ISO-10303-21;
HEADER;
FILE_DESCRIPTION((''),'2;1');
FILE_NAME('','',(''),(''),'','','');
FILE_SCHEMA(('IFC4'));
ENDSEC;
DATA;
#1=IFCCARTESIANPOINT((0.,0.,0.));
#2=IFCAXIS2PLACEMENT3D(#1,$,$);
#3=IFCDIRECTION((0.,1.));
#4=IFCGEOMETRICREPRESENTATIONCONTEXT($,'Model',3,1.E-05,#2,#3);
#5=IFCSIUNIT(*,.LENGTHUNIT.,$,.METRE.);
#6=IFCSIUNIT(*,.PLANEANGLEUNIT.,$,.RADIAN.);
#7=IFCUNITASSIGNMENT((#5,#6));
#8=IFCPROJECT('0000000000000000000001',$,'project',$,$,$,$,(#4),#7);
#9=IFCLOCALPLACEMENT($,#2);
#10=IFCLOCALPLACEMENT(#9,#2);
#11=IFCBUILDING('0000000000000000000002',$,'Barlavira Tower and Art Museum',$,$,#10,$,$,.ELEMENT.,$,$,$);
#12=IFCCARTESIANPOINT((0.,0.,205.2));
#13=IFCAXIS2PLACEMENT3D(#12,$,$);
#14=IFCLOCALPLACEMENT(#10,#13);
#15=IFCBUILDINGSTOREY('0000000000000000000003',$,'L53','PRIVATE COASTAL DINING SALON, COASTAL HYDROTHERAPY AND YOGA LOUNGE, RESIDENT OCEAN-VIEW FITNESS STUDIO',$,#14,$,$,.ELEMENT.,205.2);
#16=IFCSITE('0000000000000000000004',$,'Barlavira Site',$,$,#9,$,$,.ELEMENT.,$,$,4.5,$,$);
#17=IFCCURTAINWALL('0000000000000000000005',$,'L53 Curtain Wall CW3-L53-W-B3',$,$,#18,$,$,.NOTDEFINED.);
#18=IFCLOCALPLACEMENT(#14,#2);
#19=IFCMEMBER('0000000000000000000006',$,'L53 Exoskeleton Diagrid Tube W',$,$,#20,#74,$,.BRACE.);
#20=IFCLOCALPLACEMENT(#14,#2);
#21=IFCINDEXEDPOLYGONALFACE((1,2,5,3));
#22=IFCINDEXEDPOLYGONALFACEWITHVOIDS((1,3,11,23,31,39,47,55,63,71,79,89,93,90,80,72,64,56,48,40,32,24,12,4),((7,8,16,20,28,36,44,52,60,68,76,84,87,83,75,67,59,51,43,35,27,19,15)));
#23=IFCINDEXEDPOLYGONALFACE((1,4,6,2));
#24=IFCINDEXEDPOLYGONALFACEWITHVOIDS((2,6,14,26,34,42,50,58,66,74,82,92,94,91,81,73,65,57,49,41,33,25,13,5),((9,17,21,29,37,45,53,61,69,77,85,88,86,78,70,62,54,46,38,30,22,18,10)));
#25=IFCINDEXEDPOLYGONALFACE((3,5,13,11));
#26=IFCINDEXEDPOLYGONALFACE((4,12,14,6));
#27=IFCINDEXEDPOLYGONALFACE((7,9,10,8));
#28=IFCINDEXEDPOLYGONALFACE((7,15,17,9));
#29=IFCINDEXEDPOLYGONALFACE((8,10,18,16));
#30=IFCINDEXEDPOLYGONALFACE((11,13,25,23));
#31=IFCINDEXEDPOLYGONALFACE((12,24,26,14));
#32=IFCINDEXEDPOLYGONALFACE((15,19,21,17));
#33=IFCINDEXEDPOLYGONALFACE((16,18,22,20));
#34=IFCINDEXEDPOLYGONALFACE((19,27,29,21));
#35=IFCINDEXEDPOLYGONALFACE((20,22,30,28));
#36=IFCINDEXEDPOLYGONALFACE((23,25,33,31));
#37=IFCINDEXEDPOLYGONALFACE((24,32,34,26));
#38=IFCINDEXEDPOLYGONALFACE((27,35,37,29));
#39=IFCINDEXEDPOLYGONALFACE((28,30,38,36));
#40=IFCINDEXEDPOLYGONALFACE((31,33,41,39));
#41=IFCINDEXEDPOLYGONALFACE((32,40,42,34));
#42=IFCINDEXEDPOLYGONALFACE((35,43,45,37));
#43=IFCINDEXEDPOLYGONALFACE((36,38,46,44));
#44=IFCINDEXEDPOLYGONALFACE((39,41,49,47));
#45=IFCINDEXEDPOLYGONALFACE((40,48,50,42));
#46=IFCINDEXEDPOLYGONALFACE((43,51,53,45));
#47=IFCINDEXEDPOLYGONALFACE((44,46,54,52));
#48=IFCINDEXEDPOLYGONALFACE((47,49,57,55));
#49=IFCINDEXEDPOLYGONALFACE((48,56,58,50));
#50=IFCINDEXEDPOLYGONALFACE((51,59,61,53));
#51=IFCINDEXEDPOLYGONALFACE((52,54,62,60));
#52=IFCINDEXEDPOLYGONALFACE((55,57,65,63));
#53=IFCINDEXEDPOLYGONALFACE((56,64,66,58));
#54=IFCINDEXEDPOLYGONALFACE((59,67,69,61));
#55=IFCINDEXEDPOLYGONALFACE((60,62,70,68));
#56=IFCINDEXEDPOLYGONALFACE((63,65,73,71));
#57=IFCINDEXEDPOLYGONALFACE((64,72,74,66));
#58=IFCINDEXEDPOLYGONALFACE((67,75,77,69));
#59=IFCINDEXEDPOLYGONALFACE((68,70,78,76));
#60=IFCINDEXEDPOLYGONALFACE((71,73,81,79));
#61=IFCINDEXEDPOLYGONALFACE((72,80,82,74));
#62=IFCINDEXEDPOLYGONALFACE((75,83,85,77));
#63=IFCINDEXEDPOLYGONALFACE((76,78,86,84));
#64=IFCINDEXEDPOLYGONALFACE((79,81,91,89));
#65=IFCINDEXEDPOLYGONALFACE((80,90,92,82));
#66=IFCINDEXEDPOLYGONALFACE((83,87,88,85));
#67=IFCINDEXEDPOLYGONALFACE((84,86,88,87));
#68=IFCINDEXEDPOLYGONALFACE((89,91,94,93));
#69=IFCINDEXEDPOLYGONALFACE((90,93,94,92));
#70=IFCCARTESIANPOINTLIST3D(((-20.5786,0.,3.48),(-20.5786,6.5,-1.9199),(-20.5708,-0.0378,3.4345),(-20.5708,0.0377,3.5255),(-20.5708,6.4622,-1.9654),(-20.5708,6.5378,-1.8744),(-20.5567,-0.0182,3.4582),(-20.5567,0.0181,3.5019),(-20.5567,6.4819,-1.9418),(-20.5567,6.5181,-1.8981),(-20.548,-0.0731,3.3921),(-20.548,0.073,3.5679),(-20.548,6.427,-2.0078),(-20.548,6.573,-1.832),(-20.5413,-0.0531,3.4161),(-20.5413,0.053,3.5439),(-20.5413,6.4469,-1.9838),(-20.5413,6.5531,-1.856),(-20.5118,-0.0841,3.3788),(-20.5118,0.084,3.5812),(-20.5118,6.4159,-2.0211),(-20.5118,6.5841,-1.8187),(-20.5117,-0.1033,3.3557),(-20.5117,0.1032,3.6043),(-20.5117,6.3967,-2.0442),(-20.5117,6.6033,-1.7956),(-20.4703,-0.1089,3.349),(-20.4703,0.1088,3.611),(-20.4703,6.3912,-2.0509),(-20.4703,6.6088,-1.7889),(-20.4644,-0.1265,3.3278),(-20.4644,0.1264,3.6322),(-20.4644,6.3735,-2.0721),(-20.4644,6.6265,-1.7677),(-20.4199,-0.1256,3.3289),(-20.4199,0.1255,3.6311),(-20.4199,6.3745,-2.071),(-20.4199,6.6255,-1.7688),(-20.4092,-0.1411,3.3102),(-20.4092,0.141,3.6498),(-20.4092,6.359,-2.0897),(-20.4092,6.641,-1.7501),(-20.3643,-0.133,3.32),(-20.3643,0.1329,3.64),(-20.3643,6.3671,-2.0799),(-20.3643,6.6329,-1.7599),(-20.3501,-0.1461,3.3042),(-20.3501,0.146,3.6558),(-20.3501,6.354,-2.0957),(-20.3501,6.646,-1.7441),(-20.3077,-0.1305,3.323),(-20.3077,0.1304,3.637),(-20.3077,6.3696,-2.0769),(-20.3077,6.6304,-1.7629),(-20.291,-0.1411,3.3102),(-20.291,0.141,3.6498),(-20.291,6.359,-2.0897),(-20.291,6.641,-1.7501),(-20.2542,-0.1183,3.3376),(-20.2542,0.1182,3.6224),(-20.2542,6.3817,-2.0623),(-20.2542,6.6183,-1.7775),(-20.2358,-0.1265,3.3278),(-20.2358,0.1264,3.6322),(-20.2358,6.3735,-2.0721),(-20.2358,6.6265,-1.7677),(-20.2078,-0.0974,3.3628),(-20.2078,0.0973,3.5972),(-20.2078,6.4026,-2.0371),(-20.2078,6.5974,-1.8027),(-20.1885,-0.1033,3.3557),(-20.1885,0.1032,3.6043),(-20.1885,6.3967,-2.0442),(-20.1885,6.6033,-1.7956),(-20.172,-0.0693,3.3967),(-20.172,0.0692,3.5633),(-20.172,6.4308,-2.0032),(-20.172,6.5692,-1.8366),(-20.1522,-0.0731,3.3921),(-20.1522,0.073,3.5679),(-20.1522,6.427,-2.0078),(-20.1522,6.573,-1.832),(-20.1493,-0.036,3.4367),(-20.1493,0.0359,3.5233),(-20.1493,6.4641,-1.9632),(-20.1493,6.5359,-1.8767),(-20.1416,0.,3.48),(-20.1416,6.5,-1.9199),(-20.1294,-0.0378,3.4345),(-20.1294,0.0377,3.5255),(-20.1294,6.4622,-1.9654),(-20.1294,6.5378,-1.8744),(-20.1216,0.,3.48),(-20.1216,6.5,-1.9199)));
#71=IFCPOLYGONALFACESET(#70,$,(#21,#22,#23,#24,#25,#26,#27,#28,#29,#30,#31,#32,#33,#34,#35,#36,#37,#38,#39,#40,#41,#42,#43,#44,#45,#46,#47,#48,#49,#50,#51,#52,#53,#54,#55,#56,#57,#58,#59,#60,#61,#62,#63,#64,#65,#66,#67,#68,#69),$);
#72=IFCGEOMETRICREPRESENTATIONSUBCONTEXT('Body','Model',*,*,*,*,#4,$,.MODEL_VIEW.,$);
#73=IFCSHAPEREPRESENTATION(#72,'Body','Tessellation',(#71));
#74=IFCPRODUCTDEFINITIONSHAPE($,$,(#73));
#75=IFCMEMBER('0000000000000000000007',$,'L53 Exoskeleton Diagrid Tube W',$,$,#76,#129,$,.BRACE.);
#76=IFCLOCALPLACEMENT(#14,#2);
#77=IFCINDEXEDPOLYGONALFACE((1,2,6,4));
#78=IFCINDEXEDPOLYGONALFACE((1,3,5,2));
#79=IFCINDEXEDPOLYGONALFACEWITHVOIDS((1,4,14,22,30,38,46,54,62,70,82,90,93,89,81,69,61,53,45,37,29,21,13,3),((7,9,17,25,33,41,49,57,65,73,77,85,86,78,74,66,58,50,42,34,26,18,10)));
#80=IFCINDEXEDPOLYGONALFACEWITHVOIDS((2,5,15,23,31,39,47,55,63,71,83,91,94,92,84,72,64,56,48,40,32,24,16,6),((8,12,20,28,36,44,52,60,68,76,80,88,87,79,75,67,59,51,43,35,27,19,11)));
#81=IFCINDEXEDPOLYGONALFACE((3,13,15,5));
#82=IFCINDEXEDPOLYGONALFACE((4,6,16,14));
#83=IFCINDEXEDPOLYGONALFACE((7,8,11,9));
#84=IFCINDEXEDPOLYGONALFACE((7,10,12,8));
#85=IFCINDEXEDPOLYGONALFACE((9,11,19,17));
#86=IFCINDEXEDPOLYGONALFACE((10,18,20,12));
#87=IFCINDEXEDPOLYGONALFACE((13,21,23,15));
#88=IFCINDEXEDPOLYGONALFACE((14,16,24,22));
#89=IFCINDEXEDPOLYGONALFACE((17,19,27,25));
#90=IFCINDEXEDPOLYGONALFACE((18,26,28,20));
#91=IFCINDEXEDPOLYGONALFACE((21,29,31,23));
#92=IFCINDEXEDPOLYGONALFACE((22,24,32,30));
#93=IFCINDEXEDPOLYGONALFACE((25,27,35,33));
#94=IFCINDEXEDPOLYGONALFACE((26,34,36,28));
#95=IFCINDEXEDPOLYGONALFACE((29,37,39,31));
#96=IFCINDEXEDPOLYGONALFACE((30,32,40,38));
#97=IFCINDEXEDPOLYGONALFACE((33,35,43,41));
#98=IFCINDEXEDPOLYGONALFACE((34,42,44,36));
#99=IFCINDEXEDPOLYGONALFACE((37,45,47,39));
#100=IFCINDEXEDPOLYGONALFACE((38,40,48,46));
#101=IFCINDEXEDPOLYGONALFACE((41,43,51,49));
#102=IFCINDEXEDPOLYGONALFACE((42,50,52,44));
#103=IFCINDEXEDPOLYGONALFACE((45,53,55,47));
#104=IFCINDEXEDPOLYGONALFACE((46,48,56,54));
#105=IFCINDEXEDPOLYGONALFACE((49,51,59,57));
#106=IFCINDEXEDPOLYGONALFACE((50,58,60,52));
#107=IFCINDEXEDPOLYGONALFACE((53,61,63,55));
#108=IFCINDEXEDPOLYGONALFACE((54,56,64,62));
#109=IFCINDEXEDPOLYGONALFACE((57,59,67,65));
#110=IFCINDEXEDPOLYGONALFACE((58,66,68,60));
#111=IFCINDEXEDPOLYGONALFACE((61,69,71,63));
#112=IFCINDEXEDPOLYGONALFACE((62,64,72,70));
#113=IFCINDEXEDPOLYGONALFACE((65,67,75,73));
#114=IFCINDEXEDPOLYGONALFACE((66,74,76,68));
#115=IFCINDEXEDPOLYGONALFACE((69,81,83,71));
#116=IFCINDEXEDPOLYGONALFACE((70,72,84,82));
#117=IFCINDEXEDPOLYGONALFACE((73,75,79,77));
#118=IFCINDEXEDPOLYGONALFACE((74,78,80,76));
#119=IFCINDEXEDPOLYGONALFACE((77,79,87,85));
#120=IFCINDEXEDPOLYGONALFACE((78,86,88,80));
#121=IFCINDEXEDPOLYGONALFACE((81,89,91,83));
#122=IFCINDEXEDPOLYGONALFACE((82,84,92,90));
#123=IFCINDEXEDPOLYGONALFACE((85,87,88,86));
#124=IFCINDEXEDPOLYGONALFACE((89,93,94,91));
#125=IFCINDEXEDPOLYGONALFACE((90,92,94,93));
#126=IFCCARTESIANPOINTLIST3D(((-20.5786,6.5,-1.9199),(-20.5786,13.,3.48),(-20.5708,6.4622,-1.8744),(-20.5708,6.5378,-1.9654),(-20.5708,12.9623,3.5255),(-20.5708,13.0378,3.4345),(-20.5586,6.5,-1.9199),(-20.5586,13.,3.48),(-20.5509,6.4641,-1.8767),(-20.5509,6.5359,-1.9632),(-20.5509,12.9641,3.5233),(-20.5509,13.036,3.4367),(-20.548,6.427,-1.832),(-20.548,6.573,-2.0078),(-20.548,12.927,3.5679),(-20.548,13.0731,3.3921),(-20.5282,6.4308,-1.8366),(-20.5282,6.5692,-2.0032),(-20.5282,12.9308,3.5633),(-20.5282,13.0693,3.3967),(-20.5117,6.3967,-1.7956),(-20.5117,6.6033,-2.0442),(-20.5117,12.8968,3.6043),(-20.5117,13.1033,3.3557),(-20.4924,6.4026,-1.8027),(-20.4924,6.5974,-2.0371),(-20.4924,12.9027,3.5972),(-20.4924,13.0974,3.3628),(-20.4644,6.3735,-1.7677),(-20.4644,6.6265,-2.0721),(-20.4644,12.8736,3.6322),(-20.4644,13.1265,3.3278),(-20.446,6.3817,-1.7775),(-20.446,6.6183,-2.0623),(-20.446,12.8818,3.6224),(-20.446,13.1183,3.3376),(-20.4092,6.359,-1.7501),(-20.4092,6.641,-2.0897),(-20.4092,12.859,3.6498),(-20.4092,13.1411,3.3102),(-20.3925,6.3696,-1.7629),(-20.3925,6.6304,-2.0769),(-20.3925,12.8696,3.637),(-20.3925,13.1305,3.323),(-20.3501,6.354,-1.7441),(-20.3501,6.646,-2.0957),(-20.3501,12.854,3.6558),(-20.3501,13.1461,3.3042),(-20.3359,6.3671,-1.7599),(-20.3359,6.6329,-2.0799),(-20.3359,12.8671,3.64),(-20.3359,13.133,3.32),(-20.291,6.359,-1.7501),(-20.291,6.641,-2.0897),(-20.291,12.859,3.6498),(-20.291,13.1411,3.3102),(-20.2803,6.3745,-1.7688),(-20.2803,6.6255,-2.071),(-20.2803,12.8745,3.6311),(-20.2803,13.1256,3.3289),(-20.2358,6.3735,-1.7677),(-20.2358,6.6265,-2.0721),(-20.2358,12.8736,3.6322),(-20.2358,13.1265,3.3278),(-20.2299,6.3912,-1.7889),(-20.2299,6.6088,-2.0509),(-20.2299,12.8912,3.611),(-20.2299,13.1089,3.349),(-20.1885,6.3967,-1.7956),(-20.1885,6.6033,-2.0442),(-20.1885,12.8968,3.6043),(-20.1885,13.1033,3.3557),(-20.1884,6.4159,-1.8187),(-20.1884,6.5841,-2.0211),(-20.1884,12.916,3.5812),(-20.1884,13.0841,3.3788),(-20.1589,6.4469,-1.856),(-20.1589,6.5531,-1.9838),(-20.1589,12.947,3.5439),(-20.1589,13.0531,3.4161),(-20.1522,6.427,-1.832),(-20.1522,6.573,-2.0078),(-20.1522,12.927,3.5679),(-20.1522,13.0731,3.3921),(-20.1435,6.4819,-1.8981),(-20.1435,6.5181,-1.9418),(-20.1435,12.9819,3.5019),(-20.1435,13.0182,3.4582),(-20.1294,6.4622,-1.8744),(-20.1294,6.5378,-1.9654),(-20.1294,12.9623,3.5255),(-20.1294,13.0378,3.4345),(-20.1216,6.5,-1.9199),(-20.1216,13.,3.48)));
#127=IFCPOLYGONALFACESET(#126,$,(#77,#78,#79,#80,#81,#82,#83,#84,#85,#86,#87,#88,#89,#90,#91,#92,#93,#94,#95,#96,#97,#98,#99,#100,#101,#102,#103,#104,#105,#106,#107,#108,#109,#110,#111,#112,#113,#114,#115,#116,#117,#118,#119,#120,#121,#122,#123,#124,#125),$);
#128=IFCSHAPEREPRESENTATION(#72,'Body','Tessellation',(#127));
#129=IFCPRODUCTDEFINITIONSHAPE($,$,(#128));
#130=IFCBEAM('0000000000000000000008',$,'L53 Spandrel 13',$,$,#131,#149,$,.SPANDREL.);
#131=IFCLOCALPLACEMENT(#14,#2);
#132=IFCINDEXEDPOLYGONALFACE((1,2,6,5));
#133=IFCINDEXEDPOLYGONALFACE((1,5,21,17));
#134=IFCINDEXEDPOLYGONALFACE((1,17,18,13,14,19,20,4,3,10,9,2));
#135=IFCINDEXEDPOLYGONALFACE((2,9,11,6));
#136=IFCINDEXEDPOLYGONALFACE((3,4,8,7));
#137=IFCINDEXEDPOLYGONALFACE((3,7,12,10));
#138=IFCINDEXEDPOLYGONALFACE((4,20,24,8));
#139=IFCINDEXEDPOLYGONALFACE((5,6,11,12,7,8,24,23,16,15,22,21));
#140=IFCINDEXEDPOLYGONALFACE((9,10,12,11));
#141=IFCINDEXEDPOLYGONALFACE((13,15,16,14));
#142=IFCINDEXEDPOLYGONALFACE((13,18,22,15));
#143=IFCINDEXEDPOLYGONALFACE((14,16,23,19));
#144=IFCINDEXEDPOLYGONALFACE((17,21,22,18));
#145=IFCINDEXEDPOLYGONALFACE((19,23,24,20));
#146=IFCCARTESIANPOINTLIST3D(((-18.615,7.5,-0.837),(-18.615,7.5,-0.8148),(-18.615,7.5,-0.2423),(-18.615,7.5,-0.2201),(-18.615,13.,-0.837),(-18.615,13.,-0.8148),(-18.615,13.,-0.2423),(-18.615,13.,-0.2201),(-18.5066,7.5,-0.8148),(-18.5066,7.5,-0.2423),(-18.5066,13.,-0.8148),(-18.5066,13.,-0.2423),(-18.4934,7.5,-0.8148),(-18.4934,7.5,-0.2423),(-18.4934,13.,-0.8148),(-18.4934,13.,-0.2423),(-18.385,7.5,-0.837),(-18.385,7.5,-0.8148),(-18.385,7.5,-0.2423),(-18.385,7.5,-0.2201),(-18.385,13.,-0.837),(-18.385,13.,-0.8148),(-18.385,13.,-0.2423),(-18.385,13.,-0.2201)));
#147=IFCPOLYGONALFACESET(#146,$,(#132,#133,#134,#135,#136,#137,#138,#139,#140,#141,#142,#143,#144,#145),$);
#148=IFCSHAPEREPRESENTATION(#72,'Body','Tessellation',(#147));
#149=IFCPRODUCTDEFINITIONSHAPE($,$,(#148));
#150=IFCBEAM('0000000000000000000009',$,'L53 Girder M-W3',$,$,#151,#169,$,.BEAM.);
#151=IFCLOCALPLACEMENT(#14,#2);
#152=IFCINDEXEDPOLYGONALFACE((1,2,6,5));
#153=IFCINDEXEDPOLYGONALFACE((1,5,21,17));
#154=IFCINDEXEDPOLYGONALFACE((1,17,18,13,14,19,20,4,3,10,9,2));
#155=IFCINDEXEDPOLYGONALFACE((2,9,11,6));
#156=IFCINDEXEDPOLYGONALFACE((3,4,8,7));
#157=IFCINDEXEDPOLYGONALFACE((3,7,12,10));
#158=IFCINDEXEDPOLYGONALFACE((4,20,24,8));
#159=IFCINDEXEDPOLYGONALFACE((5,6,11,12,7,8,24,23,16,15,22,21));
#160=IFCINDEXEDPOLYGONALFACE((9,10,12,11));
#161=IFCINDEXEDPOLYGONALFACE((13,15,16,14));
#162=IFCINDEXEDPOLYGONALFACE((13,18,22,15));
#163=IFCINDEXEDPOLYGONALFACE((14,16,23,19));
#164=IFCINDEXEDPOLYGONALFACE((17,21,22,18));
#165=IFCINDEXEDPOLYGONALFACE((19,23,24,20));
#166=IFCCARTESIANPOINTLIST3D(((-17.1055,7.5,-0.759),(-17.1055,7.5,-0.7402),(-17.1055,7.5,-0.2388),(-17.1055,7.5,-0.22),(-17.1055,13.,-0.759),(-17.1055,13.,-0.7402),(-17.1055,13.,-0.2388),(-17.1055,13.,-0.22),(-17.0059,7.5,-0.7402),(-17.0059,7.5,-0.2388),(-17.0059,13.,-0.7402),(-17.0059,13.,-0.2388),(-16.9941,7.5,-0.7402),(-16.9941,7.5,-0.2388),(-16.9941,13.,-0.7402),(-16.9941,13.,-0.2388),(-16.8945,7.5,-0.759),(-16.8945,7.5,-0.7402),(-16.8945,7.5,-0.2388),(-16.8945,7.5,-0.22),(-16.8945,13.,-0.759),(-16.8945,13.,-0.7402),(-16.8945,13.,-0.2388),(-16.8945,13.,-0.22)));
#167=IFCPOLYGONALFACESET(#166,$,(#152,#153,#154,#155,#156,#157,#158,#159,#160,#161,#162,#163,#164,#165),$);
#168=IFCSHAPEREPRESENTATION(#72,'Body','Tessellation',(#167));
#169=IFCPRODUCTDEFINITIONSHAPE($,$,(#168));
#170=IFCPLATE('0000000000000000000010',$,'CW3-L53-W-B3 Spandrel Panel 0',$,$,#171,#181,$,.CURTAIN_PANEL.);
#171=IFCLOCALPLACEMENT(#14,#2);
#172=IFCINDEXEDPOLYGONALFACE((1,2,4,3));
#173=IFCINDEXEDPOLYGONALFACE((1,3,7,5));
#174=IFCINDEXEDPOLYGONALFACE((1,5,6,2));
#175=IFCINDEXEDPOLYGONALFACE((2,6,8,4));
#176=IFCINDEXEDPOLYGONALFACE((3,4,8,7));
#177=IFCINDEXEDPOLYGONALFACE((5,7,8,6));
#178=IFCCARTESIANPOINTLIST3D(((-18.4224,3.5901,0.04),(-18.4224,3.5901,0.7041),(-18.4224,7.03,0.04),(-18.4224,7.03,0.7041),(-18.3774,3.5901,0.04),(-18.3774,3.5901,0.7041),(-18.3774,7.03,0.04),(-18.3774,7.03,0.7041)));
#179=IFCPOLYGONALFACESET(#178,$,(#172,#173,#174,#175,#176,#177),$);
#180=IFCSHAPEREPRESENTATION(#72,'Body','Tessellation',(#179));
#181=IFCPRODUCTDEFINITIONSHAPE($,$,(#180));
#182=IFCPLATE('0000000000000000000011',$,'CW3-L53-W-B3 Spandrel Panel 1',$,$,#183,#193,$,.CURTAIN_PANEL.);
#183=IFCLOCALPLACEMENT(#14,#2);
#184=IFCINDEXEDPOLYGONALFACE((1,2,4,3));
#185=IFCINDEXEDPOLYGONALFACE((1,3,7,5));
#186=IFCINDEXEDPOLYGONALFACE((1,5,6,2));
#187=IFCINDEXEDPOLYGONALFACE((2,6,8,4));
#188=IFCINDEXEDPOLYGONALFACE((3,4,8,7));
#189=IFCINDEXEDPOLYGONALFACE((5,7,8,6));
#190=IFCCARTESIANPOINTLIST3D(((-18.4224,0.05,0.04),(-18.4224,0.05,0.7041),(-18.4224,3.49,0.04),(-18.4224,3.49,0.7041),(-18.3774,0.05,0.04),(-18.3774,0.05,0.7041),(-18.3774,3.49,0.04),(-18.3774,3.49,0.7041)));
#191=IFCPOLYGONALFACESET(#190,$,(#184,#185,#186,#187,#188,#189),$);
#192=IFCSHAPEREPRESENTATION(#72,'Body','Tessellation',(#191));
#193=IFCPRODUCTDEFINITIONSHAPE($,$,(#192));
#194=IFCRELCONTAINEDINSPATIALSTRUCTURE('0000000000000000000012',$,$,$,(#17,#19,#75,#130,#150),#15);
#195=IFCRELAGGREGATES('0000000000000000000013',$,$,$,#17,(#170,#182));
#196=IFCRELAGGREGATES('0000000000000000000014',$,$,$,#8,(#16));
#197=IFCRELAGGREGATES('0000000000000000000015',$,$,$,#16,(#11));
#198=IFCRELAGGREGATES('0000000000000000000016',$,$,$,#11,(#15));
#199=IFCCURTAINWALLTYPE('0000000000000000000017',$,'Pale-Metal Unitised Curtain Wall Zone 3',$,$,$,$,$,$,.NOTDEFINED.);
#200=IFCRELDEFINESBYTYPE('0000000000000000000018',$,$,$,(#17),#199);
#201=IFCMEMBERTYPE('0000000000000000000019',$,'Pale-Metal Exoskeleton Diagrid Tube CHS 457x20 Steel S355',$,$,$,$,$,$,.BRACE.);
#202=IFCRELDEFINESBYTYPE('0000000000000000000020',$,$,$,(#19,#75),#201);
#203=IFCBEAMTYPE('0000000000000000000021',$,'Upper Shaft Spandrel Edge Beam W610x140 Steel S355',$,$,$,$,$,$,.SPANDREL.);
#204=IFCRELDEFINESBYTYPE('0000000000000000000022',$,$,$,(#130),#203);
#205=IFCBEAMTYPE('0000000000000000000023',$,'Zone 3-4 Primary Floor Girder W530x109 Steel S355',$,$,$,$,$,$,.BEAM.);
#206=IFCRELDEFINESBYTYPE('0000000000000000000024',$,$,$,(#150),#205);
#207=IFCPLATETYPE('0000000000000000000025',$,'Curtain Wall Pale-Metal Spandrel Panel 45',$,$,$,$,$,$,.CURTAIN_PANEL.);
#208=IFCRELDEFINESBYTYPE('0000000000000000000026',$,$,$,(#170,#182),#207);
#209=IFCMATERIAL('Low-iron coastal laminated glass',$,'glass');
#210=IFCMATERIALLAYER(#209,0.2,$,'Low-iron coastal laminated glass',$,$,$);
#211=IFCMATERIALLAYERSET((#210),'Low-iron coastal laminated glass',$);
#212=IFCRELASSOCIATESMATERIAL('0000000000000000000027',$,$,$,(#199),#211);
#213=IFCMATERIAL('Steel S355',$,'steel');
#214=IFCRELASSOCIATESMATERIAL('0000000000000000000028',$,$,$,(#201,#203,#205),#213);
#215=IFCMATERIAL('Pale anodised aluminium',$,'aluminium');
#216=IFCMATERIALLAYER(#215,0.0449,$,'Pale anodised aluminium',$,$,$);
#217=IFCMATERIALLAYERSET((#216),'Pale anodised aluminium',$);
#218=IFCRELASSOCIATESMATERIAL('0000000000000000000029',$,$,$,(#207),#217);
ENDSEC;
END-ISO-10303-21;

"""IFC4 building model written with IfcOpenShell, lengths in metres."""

from ifc_helpers import new_model, si_unit, direction, frame, origin, origin_2d, place, context, subcontext, project, spatial, rectangle, hollow_circle, i_section, extrude, material, layer, layer_set, material_profile, profile_set, type_object, element, aggregate, save


model = new_model("IFC4")

# Units and contexts
model_context = context("Model", 3, precision=1e-05, world=origin(), true_north=direction((0.0, 1.0)))
body_context = subcontext(model_context, "Body", "Model", "MODEL_VIEW")
ifc_project = project(units=[si_unit("LENGTHUNIT", "METRE"), si_unit("PLANEANGLEUNIT", "RADIAN")], contexts=[model_context])

# Site, building, storey
site_placement = place(None, origin())
site = spatial("IfcSite", under=ifc_project, at=site_placement, Name="Barlavira Site", CompositionType="ELEMENT", RefElevation=4.5)
building_placement = place(site_placement, origin())
building = spatial("IfcBuilding", under=site, at=building_placement, Name="Barlavira Tower and Art Museum", CompositionType="ELEMENT")
storey_placement = place(building_placement, frame((0.0, 0.0, 205.2)))
storey = spatial("IfcBuildingStorey", under=building, at=storey_placement, Name="L53", Description="PRIVATE COASTAL DINING SALON, COASTAL HYDROTHERAPY AND YOGA LOUNGE, RESIDENT OCEAN-VIEW FITNESS STUDIO", CompositionType="ELEMENT", Elevation=205.2)

# Curtain wall
ifc_material_1 = material(Name="Low-iron coastal laminated glass", Category="glass")
ifc_layer_1 = layer(ifc_material_1, 0.2, Name="Low-iron coastal laminated glass")
ifc_layer_set_1 = layer_set([ifc_layer_1], Name="Low-iron coastal laminated glass")
curtain_wall_type = type_object("IfcCurtainWallType", Name="Pale-Metal Unitised Curtain Wall Zone 3", PredefinedType="NOTDEFINED", material=ifc_layer_set_1)
curtain_wall_placement = place(storey_placement, origin())
curtain_wall = element("IfcCurtainWall", 1, at=curtain_wall_placement, inside=storey, type_object=curtain_wall_type, Name="L53 Curtain Wall CW3-L53-W-B3", PredefinedType="NOTDEFINED")
ifc_material_2 = material(Name="Pale anodised aluminium", Category="aluminium")

# Members
ifc_material_3 = material(Name="Steel S355", Category="steel")
ifc_material_profile_1 = material_profile(ifc_material_3, hollow_circle(Radius=0.2285, WallThickness=0.02, at=origin_2d()), Name="CHS 457.0x20.0")
ifc_profile_set_1 = profile_set([ifc_material_profile_1], Name="Steel S355")
member_type_1 = type_object("IfcMemberType", Name="Pale-Metal Exoskeleton Diagrid Tube CHS 457x20 Steel S355", PredefinedType="BRACE", material=ifc_profile_set_1)
for number, where, z_axis, x_axis, name in (
    (2, (-20.3501, 6.5, -1.9199), (0.0, -0.769196, 0.639013), (1.0, 0.0, 0.0), "L53 Exoskeleton Diagrid Tube W"),
    (3, (-20.3501, 6.5, -1.9199), (0.0, 0.769196, 0.639013), (-1.0, 0.0, 0.0), "L53 Exoskeleton Diagrid Tube W"),
):
    element("IfcMember", number, at=place(storey_placement, frame(where, z_axis=z_axis, x_axis=x_axis)), inside=storey, type_object=member_type_1, Name=name, PredefinedType="BRACE", context=body_context, shape_type="SweptSolid", body=[
        extrude(hollow_circle(Radius=0.2285, WallThickness=0.02, at=origin_2d()), origin(), (0.0, 0.0, 1.0), 8.4504),
    ])

# Beams
ifc_material_profile_2 = material_profile(ifc_material_3, i_section(OverallWidth=0.23, OverallDepth=0.6169, WebThickness=0.0132, FlangeThickness=0.0222, at=origin_2d()), Name="W610x140.0")
ifc_profile_set_2 = profile_set([ifc_material_profile_2], Name="Steel S355")
beam_type_1 = type_object("IfcBeamType", Name="Upper Shaft Spandrel Edge Beam W610x140 Steel S355", PredefinedType="SPANDREL", material=ifc_profile_set_2)
beam_1_placement = place(storey_placement, frame((-18.5, 7.5, -0.5286), z_axis=(0.0, 1.0, 0.0), x_axis=(-1.0, 0.0, 0.0)))
element("IfcBeam", 4, at=beam_1_placement, inside=storey, type_object=beam_type_1, Name="L53 Spandrel 13", PredefinedType="SPANDREL", context=body_context, shape_type="SweptSolid", body=[
    extrude(i_section(OverallWidth=0.23, OverallDepth=0.6169, WebThickness=0.0132, FlangeThickness=0.0222, at=origin_2d()), origin(), (0.0, 0.0, 1.0), 5.5),
])
ifc_material_profile_3 = material_profile(ifc_material_3, i_section(OverallWidth=0.2109, OverallDepth=0.5391, WebThickness=0.0117, FlangeThickness=0.0188, at=origin_2d()), Name="W530x109.0")
ifc_profile_set_3 = profile_set([ifc_material_profile_3], Name="Steel S355")
beam_type_2 = type_object("IfcBeamType", Name="Zone 3-4 Primary Floor Girder W530x109 Steel S355", PredefinedType="BEAM", material=ifc_profile_set_3)
beam_2_placement = place(storey_placement, frame((-17.0, 7.5, -0.4895), z_axis=(0.0, 1.0, 0.0), x_axis=(-1.0, 0.0, 0.0)))
element("IfcBeam", 5, at=beam_2_placement, inside=storey, type_object=beam_type_2, Name="L53 Girder M-W3", PredefinedType="BEAM", context=body_context, shape_type="SweptSolid", body=[
    extrude(i_section(OverallWidth=0.2109, OverallDepth=0.5391, WebThickness=0.0117, FlangeThickness=0.0188, at=origin_2d()), origin(), (0.0, 0.0, 1.0), 5.5),
])

# Plates
ifc_layer_2 = layer(ifc_material_2, 0.0449, Name="Pale anodised aluminium")
ifc_layer_set_2 = layer_set([ifc_layer_2], Name="Pale anodised aluminium")
plate_type_1 = type_object("IfcPlateType", Name="Curtain Wall Pale-Metal Spandrel Panel 45", PredefinedType="CURTAIN_PANEL", material=ifc_layer_set_2)
plate_1_placement = place(storey_placement, frame((-18.3999, 5.3101, 0.04), z_axis=(0.0, 0.0, 1.0), x_axis=(0.0, -1.0, 0.0)))
plate_1 = element("IfcPlate", 6, at=plate_1_placement, type_object=plate_type_1, Name="CW3-L53-W-B3 Spandrel Panel 0", PredefinedType="CURTAIN_PANEL", context=body_context, shape_type="SweptSolid", body=[
    extrude(rectangle(XDim=3.4399, YDim=0.0449, at=origin_2d()), origin(), (0.0, 0.0, 1.0), 0.6641),
])
plate_2_placement = place(storey_placement, frame((-18.3999, 1.77, 0.04), z_axis=(0.0, 0.0, 1.0), x_axis=(0.0, -1.0, 0.0)))
plate_2 = element("IfcPlate", 7, at=plate_2_placement, type_object=plate_type_1, Name="CW3-L53-W-B3 Spandrel Panel 1", PredefinedType="CURTAIN_PANEL", context=body_context, shape_type="SweptSolid", body=[
    extrude(rectangle(XDim=3.4399, YDim=0.0449, at=origin_2d()), origin(), (0.0, 0.0, 1.0), 0.6641),
])
aggregate(curtain_wall, [plate_1, plate_2])

save(model, "model.ifc")
